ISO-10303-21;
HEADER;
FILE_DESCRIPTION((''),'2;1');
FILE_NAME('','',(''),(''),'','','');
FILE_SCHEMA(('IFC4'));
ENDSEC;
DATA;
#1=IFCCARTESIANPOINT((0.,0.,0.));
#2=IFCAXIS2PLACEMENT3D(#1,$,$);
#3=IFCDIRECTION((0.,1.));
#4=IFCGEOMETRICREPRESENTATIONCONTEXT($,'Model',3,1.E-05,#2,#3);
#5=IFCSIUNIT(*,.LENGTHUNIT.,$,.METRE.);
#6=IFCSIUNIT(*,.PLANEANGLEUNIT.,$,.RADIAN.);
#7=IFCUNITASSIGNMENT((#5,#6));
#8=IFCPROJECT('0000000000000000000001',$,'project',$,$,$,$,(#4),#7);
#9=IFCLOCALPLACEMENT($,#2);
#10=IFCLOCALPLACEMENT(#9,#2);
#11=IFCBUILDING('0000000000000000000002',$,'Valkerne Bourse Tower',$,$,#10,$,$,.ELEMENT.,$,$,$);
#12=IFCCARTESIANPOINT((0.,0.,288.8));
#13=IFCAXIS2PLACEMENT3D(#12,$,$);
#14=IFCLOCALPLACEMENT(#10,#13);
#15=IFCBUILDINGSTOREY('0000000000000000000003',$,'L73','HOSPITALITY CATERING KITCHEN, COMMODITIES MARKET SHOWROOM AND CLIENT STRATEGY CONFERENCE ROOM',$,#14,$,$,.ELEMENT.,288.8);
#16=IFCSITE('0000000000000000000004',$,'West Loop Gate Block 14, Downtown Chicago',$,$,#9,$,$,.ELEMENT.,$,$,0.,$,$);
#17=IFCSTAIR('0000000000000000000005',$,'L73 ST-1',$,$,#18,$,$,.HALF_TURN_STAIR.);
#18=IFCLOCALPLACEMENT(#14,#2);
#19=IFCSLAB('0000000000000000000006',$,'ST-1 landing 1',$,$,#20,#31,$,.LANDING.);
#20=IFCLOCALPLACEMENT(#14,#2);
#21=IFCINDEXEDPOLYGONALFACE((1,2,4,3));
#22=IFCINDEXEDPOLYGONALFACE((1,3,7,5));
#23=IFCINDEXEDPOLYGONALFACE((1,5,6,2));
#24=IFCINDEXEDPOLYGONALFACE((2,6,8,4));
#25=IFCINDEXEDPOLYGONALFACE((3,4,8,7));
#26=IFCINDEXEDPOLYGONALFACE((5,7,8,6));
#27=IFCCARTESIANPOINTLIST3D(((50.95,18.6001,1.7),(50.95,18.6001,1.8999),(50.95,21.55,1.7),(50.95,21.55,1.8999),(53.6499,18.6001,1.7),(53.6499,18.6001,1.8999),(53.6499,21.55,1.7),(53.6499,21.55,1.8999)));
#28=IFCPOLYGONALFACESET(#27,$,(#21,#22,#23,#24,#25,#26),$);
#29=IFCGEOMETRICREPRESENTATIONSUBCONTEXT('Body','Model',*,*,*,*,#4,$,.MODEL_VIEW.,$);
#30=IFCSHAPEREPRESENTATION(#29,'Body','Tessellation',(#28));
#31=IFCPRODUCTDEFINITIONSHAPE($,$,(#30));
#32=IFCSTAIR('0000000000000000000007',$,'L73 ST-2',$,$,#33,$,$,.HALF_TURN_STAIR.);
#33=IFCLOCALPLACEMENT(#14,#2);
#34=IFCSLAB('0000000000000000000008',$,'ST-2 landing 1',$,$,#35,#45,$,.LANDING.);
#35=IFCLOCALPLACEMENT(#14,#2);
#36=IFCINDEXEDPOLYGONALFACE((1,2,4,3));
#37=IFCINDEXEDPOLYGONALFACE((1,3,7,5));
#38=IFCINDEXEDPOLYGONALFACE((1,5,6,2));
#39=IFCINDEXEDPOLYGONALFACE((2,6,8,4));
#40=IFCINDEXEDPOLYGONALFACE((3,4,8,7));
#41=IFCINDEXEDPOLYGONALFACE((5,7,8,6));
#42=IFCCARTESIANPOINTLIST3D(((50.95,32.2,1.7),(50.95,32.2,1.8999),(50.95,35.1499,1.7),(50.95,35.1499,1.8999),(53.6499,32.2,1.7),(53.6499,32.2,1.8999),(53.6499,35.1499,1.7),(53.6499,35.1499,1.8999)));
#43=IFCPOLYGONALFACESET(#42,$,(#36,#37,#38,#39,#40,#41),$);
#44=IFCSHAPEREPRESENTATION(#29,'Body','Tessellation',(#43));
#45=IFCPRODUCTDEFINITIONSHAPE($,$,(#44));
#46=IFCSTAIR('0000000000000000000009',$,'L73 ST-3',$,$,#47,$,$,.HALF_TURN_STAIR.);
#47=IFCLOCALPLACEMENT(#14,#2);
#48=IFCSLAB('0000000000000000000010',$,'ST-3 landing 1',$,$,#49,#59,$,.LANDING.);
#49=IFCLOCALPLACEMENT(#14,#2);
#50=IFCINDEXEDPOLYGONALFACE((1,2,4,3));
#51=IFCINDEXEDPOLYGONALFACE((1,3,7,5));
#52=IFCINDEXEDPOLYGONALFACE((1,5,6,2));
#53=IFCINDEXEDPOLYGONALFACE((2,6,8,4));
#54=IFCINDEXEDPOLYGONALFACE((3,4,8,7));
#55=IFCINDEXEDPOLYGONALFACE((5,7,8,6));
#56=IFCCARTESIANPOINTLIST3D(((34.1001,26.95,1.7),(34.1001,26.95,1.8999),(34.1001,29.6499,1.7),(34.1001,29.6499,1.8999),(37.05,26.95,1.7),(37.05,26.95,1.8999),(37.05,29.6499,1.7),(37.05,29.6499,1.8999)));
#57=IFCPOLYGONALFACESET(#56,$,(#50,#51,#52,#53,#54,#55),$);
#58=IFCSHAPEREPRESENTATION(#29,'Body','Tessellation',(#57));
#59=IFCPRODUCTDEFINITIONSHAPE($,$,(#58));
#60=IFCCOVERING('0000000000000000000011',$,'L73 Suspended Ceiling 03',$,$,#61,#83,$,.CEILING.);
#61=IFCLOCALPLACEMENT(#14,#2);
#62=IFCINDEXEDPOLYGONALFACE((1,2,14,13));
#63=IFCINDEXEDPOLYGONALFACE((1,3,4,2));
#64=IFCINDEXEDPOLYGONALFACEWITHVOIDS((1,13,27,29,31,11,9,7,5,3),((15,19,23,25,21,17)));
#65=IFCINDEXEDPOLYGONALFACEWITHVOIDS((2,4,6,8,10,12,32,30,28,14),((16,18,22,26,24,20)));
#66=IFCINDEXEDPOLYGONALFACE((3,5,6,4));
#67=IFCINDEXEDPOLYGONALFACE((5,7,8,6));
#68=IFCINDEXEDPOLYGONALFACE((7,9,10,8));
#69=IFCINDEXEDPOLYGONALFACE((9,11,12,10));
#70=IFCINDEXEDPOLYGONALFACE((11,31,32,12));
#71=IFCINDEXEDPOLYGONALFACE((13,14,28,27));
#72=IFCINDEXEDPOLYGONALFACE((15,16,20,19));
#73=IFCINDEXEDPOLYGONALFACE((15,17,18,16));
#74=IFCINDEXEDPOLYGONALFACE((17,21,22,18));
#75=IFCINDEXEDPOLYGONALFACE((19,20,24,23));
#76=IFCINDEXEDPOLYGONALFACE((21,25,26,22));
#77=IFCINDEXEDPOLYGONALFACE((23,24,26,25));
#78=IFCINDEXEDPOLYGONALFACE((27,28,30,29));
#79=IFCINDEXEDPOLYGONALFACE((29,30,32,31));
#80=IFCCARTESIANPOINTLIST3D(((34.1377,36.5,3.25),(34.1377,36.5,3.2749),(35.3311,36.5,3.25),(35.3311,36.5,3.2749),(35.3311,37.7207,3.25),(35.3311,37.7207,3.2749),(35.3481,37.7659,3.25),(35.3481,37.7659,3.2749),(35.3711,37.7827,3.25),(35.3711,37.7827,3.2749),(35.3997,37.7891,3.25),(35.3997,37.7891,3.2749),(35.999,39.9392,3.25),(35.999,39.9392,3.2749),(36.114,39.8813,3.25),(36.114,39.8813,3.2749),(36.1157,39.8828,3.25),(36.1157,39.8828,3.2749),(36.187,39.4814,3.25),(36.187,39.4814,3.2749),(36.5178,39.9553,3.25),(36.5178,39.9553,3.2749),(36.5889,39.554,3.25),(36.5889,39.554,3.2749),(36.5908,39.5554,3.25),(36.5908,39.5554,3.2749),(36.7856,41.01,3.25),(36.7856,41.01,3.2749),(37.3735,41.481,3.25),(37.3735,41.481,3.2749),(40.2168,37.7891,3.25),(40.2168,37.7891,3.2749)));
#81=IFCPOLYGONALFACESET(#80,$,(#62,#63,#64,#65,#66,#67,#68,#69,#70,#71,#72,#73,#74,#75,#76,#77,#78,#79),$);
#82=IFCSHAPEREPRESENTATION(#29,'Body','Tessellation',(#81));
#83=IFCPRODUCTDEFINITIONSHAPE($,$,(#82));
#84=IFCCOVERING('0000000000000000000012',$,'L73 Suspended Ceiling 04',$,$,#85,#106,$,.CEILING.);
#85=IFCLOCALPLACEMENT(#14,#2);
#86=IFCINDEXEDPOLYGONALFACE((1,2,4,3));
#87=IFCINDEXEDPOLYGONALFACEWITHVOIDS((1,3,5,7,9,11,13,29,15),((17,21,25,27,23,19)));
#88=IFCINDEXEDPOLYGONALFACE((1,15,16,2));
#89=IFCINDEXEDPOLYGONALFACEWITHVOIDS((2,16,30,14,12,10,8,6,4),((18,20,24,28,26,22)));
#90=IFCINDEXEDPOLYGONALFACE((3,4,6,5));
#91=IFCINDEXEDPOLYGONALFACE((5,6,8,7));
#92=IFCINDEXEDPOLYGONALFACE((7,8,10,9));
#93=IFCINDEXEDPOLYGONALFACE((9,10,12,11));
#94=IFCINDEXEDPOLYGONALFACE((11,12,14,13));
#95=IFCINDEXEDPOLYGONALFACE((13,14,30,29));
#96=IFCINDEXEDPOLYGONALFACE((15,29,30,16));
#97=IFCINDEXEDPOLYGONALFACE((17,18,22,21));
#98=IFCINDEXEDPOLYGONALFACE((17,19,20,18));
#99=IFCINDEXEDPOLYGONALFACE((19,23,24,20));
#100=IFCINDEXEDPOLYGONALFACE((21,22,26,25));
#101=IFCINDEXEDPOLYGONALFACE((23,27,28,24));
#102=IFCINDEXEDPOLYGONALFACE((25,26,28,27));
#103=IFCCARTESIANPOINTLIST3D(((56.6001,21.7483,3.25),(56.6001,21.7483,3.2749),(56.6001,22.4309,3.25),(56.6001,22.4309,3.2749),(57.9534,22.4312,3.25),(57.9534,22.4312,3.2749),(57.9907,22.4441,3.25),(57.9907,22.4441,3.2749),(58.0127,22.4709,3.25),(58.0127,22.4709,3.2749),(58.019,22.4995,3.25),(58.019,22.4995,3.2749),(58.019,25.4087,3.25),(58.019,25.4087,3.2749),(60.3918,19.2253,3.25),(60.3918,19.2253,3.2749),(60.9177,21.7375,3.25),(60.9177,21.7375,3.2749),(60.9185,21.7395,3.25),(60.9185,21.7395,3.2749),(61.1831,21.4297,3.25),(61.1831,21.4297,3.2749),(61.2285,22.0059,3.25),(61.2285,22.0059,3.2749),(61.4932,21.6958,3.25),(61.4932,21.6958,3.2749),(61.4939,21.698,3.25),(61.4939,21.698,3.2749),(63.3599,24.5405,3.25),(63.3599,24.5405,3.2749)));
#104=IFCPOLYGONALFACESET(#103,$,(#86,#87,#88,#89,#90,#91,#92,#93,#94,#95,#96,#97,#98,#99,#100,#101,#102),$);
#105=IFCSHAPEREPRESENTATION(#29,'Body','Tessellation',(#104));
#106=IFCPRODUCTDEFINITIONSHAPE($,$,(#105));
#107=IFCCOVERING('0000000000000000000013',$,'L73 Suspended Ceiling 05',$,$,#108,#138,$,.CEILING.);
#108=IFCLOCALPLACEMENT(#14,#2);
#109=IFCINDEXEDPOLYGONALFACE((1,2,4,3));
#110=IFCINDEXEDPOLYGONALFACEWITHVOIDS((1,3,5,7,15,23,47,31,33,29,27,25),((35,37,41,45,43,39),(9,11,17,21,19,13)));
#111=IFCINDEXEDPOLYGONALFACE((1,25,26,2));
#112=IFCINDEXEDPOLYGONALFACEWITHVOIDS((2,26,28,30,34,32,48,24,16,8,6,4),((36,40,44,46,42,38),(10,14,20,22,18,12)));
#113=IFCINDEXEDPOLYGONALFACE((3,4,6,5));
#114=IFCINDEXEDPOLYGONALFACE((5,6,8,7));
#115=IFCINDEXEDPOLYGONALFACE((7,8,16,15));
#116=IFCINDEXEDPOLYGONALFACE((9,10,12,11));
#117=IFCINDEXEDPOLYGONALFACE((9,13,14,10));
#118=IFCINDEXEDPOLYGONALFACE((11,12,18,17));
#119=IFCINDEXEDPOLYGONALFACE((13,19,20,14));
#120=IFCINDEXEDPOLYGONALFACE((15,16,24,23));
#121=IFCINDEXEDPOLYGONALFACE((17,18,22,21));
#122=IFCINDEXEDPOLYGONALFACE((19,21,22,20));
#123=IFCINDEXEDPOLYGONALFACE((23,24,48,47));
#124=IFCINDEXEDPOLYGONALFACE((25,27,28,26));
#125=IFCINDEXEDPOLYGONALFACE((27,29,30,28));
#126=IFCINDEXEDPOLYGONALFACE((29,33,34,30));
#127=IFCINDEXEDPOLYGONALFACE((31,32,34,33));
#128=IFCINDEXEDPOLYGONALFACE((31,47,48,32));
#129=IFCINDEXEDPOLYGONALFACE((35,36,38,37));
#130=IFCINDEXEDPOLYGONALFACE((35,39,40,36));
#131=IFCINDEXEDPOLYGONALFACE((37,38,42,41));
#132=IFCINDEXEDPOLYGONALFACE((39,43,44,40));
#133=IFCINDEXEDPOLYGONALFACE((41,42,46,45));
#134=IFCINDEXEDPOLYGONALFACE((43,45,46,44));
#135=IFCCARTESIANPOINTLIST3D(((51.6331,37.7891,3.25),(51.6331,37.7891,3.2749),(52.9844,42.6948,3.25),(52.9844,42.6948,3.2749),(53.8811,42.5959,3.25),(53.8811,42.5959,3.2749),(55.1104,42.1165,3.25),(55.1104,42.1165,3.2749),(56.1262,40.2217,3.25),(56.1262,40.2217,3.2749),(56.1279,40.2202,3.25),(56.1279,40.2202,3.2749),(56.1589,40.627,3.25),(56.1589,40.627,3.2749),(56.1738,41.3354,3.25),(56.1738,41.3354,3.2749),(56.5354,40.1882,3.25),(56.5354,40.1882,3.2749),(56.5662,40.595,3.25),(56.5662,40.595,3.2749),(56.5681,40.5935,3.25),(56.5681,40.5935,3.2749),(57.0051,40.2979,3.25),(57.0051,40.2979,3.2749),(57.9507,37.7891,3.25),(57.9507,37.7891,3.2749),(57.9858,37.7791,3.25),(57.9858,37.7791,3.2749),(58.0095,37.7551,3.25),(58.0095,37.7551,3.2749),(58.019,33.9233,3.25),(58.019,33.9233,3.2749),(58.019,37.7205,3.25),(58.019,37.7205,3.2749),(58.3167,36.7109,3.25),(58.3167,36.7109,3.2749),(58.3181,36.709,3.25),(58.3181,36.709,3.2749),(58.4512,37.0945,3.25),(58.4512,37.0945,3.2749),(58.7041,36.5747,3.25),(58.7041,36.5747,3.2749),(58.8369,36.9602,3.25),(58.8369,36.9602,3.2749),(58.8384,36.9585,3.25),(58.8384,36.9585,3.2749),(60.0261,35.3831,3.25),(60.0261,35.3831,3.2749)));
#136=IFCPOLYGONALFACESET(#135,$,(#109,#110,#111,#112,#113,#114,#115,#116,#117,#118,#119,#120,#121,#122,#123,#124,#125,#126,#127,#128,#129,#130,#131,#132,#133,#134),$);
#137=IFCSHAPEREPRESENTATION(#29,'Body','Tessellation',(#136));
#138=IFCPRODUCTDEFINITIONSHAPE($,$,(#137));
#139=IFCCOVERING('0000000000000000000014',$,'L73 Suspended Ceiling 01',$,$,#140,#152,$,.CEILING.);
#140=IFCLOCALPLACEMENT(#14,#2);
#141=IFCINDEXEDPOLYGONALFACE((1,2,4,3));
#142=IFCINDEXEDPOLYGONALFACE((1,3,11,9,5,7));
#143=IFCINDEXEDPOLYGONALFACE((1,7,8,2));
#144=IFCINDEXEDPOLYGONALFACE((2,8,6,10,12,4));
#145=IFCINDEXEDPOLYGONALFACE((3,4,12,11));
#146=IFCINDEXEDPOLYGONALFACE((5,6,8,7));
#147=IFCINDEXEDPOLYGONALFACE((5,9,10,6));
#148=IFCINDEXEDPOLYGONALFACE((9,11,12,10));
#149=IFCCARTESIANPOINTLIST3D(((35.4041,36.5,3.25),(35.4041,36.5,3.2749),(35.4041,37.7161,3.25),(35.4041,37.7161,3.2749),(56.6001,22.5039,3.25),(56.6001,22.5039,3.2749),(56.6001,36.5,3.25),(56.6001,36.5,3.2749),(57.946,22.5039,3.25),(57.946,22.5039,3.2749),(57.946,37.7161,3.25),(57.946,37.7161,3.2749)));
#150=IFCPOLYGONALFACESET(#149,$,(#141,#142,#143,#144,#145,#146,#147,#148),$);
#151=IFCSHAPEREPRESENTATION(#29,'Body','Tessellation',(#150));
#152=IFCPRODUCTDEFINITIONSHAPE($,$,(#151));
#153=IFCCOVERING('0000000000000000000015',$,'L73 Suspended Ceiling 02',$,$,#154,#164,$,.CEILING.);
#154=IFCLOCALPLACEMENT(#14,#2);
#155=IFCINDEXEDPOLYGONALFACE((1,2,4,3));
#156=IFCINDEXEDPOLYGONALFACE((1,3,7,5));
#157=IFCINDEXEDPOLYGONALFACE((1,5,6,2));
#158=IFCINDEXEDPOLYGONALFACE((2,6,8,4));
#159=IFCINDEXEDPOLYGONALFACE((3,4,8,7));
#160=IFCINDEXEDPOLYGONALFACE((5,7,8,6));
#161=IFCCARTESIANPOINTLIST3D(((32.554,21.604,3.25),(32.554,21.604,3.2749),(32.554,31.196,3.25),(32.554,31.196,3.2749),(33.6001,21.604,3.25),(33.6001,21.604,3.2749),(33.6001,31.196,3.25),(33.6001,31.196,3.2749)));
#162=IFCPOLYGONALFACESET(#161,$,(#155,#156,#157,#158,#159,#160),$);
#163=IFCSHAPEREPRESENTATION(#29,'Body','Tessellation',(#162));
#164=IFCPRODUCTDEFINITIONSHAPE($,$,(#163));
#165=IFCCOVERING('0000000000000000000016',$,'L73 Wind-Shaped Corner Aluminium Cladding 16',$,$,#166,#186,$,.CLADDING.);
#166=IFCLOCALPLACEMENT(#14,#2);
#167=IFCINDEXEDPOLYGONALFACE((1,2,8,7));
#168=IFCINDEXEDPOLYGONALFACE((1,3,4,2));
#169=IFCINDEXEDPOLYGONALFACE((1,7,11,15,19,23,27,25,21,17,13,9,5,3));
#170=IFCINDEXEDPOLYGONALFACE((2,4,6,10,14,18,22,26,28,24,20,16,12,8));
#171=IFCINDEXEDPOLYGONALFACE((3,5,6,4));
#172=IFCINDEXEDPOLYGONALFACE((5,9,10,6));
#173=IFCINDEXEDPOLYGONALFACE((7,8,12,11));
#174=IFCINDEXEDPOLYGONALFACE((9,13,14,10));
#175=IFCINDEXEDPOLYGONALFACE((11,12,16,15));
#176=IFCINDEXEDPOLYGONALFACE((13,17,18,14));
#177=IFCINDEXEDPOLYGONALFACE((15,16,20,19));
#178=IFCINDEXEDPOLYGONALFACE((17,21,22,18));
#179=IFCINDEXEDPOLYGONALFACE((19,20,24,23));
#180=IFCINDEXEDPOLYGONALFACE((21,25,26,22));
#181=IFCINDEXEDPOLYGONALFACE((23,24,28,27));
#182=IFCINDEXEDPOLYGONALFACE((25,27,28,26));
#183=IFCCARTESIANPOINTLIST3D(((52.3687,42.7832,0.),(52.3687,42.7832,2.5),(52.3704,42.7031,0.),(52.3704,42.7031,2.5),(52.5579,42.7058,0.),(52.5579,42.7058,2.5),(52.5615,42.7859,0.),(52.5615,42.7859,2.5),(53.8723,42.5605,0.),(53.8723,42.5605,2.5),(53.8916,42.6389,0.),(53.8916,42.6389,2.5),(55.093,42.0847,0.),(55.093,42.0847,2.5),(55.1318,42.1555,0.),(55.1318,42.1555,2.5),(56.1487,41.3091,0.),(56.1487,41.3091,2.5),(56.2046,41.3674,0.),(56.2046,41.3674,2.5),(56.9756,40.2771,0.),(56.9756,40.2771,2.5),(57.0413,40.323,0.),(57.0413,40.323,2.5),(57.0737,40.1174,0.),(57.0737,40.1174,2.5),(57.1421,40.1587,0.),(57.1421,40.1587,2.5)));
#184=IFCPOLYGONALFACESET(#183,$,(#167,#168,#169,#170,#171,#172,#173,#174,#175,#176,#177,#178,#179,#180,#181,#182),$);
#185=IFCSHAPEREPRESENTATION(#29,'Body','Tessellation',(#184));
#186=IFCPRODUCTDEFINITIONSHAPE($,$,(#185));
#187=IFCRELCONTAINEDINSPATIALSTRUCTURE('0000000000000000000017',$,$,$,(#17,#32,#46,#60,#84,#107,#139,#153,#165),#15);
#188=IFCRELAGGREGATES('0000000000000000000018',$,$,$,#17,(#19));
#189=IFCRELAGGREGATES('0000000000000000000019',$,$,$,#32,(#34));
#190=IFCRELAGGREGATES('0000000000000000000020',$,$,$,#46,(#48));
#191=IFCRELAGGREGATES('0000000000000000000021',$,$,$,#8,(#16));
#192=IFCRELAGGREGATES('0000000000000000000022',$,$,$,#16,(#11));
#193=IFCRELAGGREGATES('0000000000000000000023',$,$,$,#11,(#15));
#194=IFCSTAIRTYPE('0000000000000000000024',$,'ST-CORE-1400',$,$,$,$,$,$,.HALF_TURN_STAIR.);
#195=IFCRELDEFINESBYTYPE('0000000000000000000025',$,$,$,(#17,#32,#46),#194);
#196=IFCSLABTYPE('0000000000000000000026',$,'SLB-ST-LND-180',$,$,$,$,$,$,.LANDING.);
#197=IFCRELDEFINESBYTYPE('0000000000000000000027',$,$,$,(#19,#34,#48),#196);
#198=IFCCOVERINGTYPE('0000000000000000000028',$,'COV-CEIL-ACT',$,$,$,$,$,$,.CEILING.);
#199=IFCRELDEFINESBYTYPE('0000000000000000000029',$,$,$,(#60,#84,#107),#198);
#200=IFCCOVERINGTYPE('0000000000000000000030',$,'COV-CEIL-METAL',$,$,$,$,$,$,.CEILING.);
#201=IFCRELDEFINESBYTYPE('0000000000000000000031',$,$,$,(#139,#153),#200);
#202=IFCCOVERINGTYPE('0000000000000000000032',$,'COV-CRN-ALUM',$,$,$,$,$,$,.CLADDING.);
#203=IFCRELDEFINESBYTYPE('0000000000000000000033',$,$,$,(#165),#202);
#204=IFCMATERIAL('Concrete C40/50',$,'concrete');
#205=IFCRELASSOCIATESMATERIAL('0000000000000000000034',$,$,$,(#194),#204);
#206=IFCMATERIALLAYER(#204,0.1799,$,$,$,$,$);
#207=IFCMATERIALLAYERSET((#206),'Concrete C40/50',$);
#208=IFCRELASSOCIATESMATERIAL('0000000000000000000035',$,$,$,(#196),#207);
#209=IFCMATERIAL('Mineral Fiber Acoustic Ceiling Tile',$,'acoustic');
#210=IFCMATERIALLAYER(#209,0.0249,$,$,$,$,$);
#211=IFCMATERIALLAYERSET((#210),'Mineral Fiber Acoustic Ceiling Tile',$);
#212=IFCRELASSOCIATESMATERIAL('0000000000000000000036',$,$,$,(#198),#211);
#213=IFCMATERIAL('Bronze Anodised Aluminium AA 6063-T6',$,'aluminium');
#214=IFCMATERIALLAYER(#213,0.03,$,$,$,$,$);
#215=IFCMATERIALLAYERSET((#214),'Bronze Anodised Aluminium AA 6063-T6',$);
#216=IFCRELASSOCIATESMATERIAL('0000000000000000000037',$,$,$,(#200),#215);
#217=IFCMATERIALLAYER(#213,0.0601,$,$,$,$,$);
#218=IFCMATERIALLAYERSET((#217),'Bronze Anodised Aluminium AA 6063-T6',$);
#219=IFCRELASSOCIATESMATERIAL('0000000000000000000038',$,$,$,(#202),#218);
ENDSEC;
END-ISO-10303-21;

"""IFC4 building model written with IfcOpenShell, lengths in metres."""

from ifc_helpers import new_model, si_unit, direction, frame, origin, place, context, subcontext, project, spatial, polyline, outline, extrude, material, layer, layer_set, type_object, element, aggregate, save


model = new_model("IFC4")

# Units and contexts
model_context = context("Model", 3, precision=1e-05, world=origin(), true_north=direction((0.0, 1.0)))
body_context = subcontext(model_context, "Body", "Model", "MODEL_VIEW")
ifc_project = project(units=[si_unit("LENGTHUNIT", "METRE"), si_unit("PLANEANGLEUNIT", "RADIAN")], contexts=[model_context])

# Site, building, storey
site_placement = place(None, origin())
site = spatial("IfcSite", under=ifc_project, at=site_placement, Name="West Loop Gate Block 14, Downtown Chicago", CompositionType="ELEMENT", RefElevation=0.0)
building_placement = place(site_placement, origin())
building = spatial("IfcBuilding", under=site, at=building_placement, Name="Valkerne Bourse Tower", CompositionType="ELEMENT")
storey_placement = place(building_placement, frame((0.0, 0.0, 288.8)))
storey = spatial("IfcBuildingStorey", under=building, at=storey_placement, Name="L73", Description="HOSPITALITY CATERING KITCHEN, COMMODITIES MARKET SHOWROOM AND CLIENT STRATEGY CONFERENCE ROOM", CompositionType="ELEMENT", Elevation=288.8)

# Stairs, slabs
ifc_material_1 = material(Name="Concrete C40/50", Category="concrete")
stair_type = type_object("IfcStairType", Name="ST-CORE-1400", PredefinedType="HALF_TURN_STAIR", material=ifc_material_1)
stair_1_placement = place(storey_placement, origin())
stair_1 = element("IfcStair", 1, at=stair_1_placement, inside=storey, type_object=stair_type, Name="L73 ST-1", PredefinedType="HALF_TURN_STAIR")
ifc_layer_1 = layer(ifc_material_1, 0.1799)
ifc_layer_set_1 = layer_set([ifc_layer_1], Name="Concrete C40/50")
slab_type = type_object("IfcSlabType", Name="SLB-ST-LND-180", PredefinedType="LANDING", material=ifc_layer_set_1)
slab_1_placement = place(storey_placement, frame((0.0, 0.0, 1.7)))
slab_1 = element("IfcSlab", 2, at=slab_1_placement, type_object=slab_type, Name="ST-1 landing 1", PredefinedType="LANDING", context=body_context, shape_type="SweptSolid", body=[
    extrude(outline(polyline([(50.95, 18.6001), (53.6499, 18.6001), (53.6499, 21.55), (50.95, 21.55), (50.95, 18.6001)])), origin(), (0.0, 0.0, 1.0), 0.2),
])
aggregate(stair_1, [slab_1])
stair_2_placement = place(storey_placement, origin())
stair_2 = element("IfcStair", 3, at=stair_2_placement, inside=storey, type_object=stair_type, Name="L73 ST-2", PredefinedType="HALF_TURN_STAIR")
slab_2_placement = place(storey_placement, frame((0.0, 0.0, 1.7)))
slab_2 = element("IfcSlab", 4, at=slab_2_placement, type_object=slab_type, Name="ST-2 landing 1", PredefinedType="LANDING", context=body_context, shape_type="SweptSolid", body=[
    extrude(outline(polyline([(50.95, 32.2), (53.6499, 32.2), (53.6499, 35.1499), (50.95, 35.1499), (50.95, 32.2)])), origin(), (0.0, 0.0, 1.0), 0.2),
])
aggregate(stair_2, [slab_2])
stair_3_placement = place(storey_placement, origin())
stair_3 = element("IfcStair", 5, at=stair_3_placement, inside=storey, type_object=stair_type, Name="L73 ST-3", PredefinedType="HALF_TURN_STAIR")
slab_3_placement = place(storey_placement, frame((0.0, 0.0, 1.7)))
slab_3 = element("IfcSlab", 6, at=slab_3_placement, type_object=slab_type, Name="ST-3 landing 1", PredefinedType="LANDING", context=body_context, shape_type="SweptSolid", body=[
    extrude(outline(polyline([(37.05, 26.95), (37.05, 29.6499), (34.1001, 29.6499), (34.1001, 26.95), (37.05, 26.95)])), origin(), (0.0, 0.0, 1.0), 0.2),
])
aggregate(stair_3, [slab_3])

# Coverings
ifc_material_2 = material(Name="Mineral Fiber Acoustic Ceiling Tile", Category="acoustic")
ifc_layer_2 = layer(ifc_material_2, 0.0249)
ifc_layer_set_2 = layer_set([ifc_layer_2], Name="Mineral Fiber Acoustic Ceiling Tile")
covering_type_1 = type_object("IfcCoveringType", Name="COV-CEIL-ACT", PredefinedType="CEILING", material=ifc_layer_set_2)
covering_1_placement = place(storey_placement, frame((0.0, 0.0, 3.25)))
element("IfcCovering", 7, at=covering_1_placement, inside=storey, type_object=covering_type_1, Name="L73 Suspended Ceiling 03", PredefinedType="CEILING", context=body_context, shape_type="SweptSolid", body=[
    extrude(outline(polyline([(37.3735, 41.481), (40.2168, 37.7891), (35.3997, 37.7891), (35.3711, 37.7827), (35.3481, 37.7659), (35.3311, 37.7207), (35.3311, 36.5), (34.1377, 36.5), (35.999, 39.9392), (36.7856, 41.01), (37.3735, 41.481)]), holes=[polyline([(36.5889, 39.554), (36.5908, 39.5554), (36.5178, 39.9553), (36.1157, 39.8828), (36.114, 39.8813), (36.187, 39.4814), (36.5889, 39.554)])]), origin(), (0.0, 0.0, 1.0), 0.0249),
])
covering_2_placement = place(storey_placement, frame((0.0, 0.0, 3.25)))
element("IfcCovering", 8, at=covering_2_placement, inside=storey, type_object=covering_type_1, Name="L73 Suspended Ceiling 04", PredefinedType="CEILING", context=body_context, shape_type="SweptSolid", body=[
    extrude(outline(polyline([(57.9534, 22.4312), (57.9907, 22.4441), (58.0127, 22.4709), (58.019, 22.4995), (58.019, 25.4087), (63.3599, 24.5405), (60.3918, 19.2253), (56.6001, 21.7483), (56.6001, 22.4309), (57.9534, 22.4312)]), holes=[polyline([(61.4939, 21.698), (61.2285, 22.0059), (60.9185, 21.7395), (60.9177, 21.7375), (61.1831, 21.4297), (61.4932, 21.6958), (61.4939, 21.698)])]), origin(), (0.0, 0.0, 1.0), 0.0249),
])
covering_3_placement = place(storey_placement, frame((0.0, 0.0, 3.25)))
element("IfcCovering", 9, at=covering_3_placement, inside=storey, type_object=covering_type_1, Name="L73 Suspended Ceiling 05", PredefinedType="CEILING", context=body_context, shape_type="SweptSolid", body=[
    extrude(outline(polyline([(56.1738, 41.3354), (57.0051, 40.2979), (60.0261, 35.3831), (58.019, 33.9233), (58.019, 37.7205), (58.0095, 37.7551), (57.9858, 37.7791), (57.9507, 37.7891), (51.6331, 37.7891), (52.9844, 42.6948), (53.8811, 42.5959), (55.1104, 42.1165), (56.1738, 41.3354)]), holes=[polyline([(58.8369, 36.9602), (58.4512, 37.0945), (58.3167, 36.7109), (58.3181, 36.709), (58.7041, 36.5747), (58.8384, 36.9585), (58.8369, 36.9602)]), polyline([(56.5662, 40.595), (56.1589, 40.627), (56.1262, 40.2217), (56.1279, 40.2202), (56.5354, 40.1882), (56.5681, 40.5935), (56.5662, 40.595)])]), origin(), (0.0, 0.0, 1.0), 0.0249),
])
ifc_material_3 = material(Name="Bronze Anodised Aluminium AA 6063-T6", Category="aluminium")
ifc_layer_3 = layer(ifc_material_3, 0.03)
ifc_layer_set_3 = layer_set([ifc_layer_3], Name="Bronze Anodised Aluminium AA 6063-T6")
covering_type_2 = type_object("IfcCoveringType", Name="COV-CEIL-METAL", PredefinedType="CEILING", material=ifc_layer_set_3)
covering_4_placement = place(storey_placement, frame((0.0, 0.0, 3.25)))
element("IfcCovering", 10, at=covering_4_placement, inside=storey, type_object=covering_type_2, Name="L73 Suspended Ceiling 01", PredefinedType="CEILING", context=body_context, shape_type="SweptSolid", body=[
    extrude(outline(polyline([(35.4041, 37.7161), (57.946, 37.7161), (57.946, 22.5039), (56.6001, 22.5039), (56.6001, 36.5), (35.4041, 36.5), (35.4041, 37.7161)])), origin(), (0.0, 0.0, 1.0), 0.0249),
])
covering_5_placement = place(storey_placement, frame((0.0, 0.0, 3.25)))
element("IfcCovering", 11, at=covering_5_placement, inside=storey, type_object=covering_type_2, Name="L73 Suspended Ceiling 02", PredefinedType="CEILING", context=body_context, shape_type="SweptSolid", body=[
    extrude(outline(polyline([(32.554, 21.604), (32.554, 31.196), (33.6001, 31.196), (33.6001, 21.604), (32.554, 21.604)])), origin(), (0.0, 0.0, 1.0), 0.0249),
])
ifc_layer_4 = layer(ifc_material_3, 0.0601)
ifc_layer_set_4 = layer_set([ifc_layer_4], Name="Bronze Anodised Aluminium AA 6063-T6")
covering_type_3 = type_object("IfcCoveringType", Name="COV-CRN-ALUM", PredefinedType="CLADDING", material=ifc_layer_set_4)
covering_6_placement = place(storey_placement, origin())
element("IfcCovering", 12, at=covering_6_placement, inside=storey, type_object=covering_type_3, Name="L73 Wind-Shaped Corner Aluminium Cladding 16", PredefinedType="CLADDING", context=body_context, shape_type="SweptSolid", body=[
    extrude(outline(polyline([(52.5615, 42.7859), (53.8916, 42.6389), (55.1318, 42.1555), (56.2046, 41.3674), (57.0413, 40.323), (57.1421, 40.1587), (57.0737, 40.1174), (56.9756, 40.2771), (56.1487, 41.3091), (55.093, 42.0847), (53.8723, 42.5605), (52.5579, 42.7058), (52.3704, 42.7031), (52.3687, 42.7832), (52.5615, 42.7859)])), origin(), (0.0, 0.0, 1.0), 2.5),
])

save(model, "model.ifc")
